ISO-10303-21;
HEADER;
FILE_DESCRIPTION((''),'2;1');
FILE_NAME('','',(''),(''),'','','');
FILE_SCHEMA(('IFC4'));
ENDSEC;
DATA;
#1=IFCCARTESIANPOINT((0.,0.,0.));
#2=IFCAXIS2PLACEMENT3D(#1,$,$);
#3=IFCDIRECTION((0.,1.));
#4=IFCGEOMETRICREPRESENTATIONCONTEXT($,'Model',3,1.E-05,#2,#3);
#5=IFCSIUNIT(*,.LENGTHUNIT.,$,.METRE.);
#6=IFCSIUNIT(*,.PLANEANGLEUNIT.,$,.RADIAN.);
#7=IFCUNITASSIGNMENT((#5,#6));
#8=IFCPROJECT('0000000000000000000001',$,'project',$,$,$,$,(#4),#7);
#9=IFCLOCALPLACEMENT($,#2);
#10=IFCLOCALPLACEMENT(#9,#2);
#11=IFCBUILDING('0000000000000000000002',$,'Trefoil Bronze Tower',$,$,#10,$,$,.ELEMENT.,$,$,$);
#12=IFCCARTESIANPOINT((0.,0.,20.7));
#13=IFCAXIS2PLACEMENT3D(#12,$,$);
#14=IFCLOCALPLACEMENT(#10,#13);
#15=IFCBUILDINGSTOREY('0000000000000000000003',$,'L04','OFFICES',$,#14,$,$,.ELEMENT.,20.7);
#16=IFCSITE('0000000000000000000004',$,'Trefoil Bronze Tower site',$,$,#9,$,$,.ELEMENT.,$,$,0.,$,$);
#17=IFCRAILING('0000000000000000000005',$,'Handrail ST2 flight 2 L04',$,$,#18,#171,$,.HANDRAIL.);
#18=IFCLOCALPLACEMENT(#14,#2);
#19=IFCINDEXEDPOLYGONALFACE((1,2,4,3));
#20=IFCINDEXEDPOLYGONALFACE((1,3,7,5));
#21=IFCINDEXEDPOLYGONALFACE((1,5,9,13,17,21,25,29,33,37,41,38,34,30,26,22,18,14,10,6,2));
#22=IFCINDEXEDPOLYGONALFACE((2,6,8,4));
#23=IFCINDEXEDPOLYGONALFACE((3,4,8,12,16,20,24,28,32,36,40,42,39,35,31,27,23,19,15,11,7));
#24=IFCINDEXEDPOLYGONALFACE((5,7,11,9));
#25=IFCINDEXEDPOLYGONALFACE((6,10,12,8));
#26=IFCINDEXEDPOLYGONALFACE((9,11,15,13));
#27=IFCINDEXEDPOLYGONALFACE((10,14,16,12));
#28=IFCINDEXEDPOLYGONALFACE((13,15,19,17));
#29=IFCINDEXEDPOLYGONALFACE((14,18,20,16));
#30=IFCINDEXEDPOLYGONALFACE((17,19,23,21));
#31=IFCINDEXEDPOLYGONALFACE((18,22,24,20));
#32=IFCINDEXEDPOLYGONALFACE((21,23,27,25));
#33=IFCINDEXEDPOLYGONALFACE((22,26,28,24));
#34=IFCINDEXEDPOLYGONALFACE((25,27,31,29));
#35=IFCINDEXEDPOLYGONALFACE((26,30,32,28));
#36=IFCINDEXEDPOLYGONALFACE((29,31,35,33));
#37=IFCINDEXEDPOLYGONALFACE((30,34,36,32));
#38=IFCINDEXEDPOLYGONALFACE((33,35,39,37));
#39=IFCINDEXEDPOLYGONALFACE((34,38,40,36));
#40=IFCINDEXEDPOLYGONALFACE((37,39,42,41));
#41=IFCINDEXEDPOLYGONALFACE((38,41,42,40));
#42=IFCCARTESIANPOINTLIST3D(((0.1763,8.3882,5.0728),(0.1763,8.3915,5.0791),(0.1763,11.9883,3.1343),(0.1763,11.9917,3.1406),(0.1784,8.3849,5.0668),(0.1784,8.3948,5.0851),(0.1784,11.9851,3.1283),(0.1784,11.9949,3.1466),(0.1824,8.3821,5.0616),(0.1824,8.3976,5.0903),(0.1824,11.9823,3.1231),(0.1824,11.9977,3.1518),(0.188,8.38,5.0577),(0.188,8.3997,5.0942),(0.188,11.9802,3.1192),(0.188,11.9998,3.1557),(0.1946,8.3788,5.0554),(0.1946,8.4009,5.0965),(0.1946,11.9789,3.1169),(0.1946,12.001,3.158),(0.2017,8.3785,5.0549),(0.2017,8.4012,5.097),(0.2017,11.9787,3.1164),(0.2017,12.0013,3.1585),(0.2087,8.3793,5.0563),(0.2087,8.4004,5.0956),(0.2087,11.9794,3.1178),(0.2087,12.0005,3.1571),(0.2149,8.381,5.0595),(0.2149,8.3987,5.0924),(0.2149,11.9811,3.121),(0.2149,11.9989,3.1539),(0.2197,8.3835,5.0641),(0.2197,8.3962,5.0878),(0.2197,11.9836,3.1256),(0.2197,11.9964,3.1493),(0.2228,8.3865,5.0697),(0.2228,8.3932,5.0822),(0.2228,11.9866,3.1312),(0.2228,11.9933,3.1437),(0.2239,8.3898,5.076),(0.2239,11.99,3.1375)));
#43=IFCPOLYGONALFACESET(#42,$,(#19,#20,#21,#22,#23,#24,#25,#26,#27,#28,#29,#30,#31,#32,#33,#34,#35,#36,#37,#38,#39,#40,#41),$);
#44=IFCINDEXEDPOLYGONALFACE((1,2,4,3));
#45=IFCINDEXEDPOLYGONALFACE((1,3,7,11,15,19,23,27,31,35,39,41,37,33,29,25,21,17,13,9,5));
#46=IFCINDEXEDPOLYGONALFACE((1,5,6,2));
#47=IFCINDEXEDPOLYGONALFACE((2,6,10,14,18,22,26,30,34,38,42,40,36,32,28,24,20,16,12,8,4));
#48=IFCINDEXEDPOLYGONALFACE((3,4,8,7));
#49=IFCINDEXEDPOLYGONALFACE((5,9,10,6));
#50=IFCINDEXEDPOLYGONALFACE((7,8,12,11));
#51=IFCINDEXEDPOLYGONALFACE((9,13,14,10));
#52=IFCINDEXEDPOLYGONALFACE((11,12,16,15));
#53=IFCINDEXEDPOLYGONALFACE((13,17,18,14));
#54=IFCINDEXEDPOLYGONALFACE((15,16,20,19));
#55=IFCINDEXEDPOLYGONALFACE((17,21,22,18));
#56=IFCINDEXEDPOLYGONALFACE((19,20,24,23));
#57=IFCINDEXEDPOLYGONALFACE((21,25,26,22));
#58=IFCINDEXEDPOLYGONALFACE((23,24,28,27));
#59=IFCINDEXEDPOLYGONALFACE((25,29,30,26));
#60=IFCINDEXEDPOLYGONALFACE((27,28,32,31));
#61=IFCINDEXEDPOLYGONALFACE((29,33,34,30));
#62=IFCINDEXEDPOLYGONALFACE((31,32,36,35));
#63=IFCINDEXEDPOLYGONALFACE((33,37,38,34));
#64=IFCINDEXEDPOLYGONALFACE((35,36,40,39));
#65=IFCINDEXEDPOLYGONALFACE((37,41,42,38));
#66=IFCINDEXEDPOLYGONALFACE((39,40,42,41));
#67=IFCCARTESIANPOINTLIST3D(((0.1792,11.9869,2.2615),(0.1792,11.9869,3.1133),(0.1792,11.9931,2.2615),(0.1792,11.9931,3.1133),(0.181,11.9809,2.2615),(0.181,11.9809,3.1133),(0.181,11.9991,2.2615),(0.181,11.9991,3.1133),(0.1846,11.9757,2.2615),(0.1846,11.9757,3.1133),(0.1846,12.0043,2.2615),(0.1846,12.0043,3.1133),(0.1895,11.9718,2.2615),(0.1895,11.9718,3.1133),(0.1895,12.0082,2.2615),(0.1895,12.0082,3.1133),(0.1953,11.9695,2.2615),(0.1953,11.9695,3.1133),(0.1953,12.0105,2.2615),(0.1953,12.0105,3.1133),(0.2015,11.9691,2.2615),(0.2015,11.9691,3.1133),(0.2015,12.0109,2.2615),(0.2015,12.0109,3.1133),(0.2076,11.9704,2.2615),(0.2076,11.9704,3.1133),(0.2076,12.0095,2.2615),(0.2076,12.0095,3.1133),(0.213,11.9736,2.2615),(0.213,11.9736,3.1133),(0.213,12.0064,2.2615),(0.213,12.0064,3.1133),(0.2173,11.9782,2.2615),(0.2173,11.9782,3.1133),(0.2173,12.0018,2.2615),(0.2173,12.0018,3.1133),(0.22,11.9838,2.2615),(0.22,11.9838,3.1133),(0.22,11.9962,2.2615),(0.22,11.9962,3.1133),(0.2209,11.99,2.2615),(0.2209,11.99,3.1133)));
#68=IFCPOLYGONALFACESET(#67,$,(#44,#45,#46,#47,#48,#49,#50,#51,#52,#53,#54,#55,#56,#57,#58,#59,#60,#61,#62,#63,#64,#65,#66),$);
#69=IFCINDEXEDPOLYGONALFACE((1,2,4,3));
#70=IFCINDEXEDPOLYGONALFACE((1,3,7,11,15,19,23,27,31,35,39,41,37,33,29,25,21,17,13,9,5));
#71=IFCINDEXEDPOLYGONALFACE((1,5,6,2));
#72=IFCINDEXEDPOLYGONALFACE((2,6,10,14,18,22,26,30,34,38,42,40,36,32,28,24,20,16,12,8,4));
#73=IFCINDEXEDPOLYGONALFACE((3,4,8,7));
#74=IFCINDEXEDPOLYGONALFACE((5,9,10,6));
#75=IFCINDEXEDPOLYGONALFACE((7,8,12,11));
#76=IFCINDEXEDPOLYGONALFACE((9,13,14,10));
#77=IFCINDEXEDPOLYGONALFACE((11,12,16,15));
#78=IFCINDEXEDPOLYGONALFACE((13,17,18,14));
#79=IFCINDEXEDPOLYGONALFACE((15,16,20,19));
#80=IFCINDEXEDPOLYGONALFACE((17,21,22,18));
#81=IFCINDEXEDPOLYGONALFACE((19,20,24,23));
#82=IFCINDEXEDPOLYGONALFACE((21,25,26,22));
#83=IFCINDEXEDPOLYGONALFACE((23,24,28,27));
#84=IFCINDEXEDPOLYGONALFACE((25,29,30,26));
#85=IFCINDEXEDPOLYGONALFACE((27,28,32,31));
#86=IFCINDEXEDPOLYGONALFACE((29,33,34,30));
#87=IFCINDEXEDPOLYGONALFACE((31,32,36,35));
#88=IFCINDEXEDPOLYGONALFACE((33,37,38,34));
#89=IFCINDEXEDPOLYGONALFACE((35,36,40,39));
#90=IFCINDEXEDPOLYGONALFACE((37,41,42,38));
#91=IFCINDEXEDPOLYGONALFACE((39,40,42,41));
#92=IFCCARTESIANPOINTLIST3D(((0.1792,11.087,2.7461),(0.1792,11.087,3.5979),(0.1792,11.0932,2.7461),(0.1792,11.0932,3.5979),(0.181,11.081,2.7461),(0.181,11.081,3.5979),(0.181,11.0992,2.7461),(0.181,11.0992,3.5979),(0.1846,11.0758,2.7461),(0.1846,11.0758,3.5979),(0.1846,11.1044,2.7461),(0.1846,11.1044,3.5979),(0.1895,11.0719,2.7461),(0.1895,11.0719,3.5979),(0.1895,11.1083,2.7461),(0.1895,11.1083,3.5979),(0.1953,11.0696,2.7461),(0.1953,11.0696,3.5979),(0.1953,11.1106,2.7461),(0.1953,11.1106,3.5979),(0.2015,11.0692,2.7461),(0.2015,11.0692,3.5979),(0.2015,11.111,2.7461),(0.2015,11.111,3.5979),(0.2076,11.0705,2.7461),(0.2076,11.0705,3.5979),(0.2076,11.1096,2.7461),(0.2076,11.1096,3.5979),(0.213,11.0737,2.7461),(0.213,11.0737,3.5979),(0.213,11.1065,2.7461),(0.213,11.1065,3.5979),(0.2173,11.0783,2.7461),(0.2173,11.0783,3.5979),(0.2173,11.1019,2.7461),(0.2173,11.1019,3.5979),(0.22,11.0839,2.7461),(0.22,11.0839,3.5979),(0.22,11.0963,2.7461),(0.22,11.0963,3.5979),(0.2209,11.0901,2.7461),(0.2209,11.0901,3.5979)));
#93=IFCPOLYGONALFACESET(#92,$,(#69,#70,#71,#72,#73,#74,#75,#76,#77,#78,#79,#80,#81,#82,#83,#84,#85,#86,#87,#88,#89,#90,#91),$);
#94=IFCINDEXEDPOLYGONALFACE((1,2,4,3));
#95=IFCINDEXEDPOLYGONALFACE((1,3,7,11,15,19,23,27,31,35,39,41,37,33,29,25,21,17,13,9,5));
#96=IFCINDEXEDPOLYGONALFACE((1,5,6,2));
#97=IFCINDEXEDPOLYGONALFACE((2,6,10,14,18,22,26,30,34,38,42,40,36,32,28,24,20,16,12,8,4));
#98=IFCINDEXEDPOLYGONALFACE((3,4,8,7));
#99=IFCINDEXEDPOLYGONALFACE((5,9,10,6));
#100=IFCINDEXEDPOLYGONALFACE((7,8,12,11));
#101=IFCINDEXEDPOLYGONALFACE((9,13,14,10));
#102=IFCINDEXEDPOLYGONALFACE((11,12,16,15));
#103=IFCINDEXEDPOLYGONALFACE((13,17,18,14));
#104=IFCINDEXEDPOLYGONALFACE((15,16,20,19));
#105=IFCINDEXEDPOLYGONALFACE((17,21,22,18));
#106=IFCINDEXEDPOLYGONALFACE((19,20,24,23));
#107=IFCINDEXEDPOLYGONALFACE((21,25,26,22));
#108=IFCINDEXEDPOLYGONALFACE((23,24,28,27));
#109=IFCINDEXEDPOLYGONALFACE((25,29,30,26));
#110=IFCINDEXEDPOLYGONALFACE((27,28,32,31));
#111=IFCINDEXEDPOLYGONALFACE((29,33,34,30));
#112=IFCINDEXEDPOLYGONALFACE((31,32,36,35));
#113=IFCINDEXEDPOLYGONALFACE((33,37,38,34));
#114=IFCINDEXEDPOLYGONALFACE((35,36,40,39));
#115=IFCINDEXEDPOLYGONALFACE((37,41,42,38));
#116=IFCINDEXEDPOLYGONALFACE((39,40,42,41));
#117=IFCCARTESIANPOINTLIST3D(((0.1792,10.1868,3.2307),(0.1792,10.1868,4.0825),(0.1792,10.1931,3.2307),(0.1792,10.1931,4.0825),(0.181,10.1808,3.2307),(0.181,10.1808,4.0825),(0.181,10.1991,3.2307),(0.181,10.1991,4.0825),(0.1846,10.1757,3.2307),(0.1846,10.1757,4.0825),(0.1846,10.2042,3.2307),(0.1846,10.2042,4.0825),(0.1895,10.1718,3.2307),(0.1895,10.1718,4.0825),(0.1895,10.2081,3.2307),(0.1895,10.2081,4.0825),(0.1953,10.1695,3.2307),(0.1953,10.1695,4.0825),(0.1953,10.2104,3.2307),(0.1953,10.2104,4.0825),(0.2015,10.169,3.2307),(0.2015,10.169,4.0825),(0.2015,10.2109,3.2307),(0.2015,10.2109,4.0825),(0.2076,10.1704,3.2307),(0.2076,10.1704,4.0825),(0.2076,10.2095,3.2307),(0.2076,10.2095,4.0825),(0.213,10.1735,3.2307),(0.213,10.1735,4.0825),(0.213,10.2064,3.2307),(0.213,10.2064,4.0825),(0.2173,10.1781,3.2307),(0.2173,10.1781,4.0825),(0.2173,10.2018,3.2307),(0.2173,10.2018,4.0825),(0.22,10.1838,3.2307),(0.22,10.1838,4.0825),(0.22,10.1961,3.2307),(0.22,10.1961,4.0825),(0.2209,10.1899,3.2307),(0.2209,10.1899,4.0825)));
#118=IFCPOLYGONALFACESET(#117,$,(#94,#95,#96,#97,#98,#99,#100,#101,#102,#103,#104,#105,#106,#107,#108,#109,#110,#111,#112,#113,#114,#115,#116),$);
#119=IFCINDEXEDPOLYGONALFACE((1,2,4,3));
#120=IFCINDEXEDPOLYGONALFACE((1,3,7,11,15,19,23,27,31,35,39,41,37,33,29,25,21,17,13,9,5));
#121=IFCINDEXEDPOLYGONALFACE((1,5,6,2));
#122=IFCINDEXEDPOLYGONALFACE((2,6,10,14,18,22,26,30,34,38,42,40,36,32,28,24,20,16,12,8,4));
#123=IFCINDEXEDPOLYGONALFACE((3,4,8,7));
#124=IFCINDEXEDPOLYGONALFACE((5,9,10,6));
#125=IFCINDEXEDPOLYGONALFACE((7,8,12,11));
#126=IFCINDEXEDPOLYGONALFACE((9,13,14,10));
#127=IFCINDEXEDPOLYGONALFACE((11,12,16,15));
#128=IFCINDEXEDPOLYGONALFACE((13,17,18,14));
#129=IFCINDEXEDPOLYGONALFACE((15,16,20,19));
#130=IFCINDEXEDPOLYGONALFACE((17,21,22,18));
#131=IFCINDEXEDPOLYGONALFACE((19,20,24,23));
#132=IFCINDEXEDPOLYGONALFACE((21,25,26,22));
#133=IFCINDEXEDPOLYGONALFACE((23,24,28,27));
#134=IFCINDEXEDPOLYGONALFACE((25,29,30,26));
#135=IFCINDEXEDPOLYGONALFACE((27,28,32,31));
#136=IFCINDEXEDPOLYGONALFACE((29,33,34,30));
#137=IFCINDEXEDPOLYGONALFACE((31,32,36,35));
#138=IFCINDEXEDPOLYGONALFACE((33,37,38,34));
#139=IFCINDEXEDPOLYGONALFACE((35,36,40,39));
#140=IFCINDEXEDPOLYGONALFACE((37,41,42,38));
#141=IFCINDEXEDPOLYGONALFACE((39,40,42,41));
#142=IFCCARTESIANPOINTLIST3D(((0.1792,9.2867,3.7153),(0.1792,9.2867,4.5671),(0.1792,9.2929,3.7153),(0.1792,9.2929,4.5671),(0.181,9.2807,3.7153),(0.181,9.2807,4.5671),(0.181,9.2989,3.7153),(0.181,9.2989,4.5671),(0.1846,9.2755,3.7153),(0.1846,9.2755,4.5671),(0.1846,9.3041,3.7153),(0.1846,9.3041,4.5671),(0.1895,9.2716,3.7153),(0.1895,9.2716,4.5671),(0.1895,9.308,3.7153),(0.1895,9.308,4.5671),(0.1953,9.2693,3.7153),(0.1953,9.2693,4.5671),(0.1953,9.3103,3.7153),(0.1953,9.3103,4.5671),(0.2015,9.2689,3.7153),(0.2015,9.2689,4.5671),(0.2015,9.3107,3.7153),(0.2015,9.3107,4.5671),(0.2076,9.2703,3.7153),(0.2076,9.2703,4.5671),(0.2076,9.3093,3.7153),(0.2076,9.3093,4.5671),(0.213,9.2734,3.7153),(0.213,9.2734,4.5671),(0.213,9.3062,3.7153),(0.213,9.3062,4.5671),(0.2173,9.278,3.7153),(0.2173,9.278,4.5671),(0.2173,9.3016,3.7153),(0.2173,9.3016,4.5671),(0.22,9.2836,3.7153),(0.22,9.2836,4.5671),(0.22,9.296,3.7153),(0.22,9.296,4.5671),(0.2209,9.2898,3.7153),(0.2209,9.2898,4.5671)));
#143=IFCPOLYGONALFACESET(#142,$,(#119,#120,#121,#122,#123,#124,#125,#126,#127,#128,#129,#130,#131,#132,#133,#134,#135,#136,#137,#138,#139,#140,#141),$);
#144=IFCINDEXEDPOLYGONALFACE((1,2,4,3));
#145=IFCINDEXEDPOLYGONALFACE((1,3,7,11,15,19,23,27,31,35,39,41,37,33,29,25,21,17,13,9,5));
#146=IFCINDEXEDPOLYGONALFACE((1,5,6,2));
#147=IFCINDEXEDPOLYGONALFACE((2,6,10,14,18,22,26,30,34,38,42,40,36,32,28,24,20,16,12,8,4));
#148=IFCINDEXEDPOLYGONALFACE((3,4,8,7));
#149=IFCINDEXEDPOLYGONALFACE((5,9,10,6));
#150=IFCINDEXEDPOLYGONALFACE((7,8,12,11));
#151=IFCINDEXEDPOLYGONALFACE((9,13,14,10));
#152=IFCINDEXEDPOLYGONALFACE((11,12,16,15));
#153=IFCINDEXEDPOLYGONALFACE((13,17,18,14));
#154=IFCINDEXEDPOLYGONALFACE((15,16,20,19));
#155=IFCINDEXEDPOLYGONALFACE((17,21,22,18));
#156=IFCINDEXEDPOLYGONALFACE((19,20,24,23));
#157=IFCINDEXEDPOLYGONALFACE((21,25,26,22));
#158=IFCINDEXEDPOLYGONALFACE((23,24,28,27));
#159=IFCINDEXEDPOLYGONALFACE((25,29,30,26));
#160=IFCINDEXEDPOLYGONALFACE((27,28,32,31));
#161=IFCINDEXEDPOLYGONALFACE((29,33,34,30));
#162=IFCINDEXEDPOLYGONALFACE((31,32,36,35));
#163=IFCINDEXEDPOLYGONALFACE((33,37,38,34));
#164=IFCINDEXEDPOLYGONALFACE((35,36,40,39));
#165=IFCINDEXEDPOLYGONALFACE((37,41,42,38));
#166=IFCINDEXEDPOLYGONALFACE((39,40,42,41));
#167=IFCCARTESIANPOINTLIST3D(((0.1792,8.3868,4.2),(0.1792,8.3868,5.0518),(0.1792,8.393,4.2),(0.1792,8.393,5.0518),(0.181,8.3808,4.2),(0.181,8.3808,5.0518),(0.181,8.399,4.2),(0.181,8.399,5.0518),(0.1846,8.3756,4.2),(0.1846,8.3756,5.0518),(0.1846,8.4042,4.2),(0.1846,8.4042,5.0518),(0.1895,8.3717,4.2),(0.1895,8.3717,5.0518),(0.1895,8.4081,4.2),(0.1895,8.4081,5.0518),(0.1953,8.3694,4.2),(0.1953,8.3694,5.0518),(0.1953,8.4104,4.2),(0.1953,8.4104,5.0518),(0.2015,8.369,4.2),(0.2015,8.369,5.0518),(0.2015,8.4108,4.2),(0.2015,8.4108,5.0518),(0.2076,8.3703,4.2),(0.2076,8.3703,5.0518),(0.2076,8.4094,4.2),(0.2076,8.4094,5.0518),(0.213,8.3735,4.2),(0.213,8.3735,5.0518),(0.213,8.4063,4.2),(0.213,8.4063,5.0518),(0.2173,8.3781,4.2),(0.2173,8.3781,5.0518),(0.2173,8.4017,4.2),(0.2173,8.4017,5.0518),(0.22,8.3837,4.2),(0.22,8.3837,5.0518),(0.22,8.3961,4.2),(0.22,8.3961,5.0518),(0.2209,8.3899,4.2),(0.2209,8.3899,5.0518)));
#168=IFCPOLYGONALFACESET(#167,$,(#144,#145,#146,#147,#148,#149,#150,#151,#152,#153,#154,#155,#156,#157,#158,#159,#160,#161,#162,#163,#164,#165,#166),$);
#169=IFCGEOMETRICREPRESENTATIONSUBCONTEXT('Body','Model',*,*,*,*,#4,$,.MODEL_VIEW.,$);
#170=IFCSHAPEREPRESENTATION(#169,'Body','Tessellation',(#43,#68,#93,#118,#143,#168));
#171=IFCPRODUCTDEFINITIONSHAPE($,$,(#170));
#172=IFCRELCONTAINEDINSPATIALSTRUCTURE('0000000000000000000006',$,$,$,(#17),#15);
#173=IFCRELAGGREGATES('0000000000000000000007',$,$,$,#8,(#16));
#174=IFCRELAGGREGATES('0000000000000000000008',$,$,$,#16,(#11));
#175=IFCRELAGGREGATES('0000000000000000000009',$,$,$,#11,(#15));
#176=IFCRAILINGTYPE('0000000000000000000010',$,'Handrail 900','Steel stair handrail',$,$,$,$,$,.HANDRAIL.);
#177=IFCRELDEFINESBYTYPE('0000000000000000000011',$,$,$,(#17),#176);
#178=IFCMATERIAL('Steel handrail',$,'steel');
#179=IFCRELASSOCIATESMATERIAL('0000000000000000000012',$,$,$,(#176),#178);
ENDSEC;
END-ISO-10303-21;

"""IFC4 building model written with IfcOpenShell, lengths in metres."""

from ifc_helpers import new_model, si_unit, direction, frame, origin, origin_2d, place, context, subcontext, project, spatial, circle, extrude, material, type_object, element, save


model = new_model("IFC4")

# Units and contexts
model_context = context("Model", 3, precision=1e-05, world=origin(), true_north=direction((0.0, 1.0)))
body_context = subcontext(model_context, "Body", "Model", "MODEL_VIEW")
ifc_project = project(units=[si_unit("LENGTHUNIT", "METRE"), si_unit("PLANEANGLEUNIT", "RADIAN")], contexts=[model_context])

# Site, building, storey
site_placement = place(None, origin())
site = spatial("IfcSite", under=ifc_project, at=site_placement, Name="Trefoil Bronze Tower site", CompositionType="ELEMENT", RefElevation=0.0)
building_placement = place(site_placement, origin())
building = spatial("IfcBuilding", under=site, at=building_placement, Name="Trefoil Bronze Tower", CompositionType="ELEMENT")
storey_placement = place(building_placement, frame((0.0, 0.0, 20.7)))
storey = spatial("IfcBuildingStorey", under=building, at=storey_placement, Name="L04", Description="OFFICES", CompositionType="ELEMENT", Elevation=20.7)

# Railing
ifc_material_1 = material(Name="Steel handrail", Category="steel")
railing_type = type_object("IfcRailingType", Name="Handrail 900", Description="Steel stair handrail", PredefinedType="HANDRAIL", material=ifc_material_1)
railing_placement = place(storey_placement, frame((0.2, 11.99, 2.2615)))
element("IfcRailing", 1, at=railing_placement, inside=storey, type_object=railing_type, Name="Handrail ST2 flight 2 L04", PredefinedType="HANDRAIL", context=body_context, shape_type="SweptSolid", body=[
    extrude(circle(Radius=0.0239, at=origin_2d()), frame((0.0, 0.0, 0.876), z_axis=(0.0, -0.880475, 0.474093), x_axis=(1.0, 0.0, 0.0)), (0.0, 0.0, 1.0), 4.0889),
    extrude(circle(Radius=0.021, at=origin_2d()), origin(), (0.0, 0.0, 1.0), 0.8518),
    extrude(circle(Radius=0.021, at=origin_2d()), frame((0.0, -0.8999, 0.4846)), (0.0, 0.0, 1.0), 0.8518),
    extrude(circle(Radius=0.021, at=origin_2d()), frame((0.0, -1.8, 0.9692)), (0.0, 0.0, 1.0), 0.8518),
    extrude(circle(Radius=0.021, at=origin_2d()), frame((0.0, -2.7002, 1.4539)), (0.0, 0.0, 1.0), 0.8518),
    extrude(circle(Radius=0.021, at=origin_2d()), frame((0.0, -3.6001, 1.9385)), (0.0, 0.0, 1.0), 0.8518),
])

save(model, "model.ifc")
